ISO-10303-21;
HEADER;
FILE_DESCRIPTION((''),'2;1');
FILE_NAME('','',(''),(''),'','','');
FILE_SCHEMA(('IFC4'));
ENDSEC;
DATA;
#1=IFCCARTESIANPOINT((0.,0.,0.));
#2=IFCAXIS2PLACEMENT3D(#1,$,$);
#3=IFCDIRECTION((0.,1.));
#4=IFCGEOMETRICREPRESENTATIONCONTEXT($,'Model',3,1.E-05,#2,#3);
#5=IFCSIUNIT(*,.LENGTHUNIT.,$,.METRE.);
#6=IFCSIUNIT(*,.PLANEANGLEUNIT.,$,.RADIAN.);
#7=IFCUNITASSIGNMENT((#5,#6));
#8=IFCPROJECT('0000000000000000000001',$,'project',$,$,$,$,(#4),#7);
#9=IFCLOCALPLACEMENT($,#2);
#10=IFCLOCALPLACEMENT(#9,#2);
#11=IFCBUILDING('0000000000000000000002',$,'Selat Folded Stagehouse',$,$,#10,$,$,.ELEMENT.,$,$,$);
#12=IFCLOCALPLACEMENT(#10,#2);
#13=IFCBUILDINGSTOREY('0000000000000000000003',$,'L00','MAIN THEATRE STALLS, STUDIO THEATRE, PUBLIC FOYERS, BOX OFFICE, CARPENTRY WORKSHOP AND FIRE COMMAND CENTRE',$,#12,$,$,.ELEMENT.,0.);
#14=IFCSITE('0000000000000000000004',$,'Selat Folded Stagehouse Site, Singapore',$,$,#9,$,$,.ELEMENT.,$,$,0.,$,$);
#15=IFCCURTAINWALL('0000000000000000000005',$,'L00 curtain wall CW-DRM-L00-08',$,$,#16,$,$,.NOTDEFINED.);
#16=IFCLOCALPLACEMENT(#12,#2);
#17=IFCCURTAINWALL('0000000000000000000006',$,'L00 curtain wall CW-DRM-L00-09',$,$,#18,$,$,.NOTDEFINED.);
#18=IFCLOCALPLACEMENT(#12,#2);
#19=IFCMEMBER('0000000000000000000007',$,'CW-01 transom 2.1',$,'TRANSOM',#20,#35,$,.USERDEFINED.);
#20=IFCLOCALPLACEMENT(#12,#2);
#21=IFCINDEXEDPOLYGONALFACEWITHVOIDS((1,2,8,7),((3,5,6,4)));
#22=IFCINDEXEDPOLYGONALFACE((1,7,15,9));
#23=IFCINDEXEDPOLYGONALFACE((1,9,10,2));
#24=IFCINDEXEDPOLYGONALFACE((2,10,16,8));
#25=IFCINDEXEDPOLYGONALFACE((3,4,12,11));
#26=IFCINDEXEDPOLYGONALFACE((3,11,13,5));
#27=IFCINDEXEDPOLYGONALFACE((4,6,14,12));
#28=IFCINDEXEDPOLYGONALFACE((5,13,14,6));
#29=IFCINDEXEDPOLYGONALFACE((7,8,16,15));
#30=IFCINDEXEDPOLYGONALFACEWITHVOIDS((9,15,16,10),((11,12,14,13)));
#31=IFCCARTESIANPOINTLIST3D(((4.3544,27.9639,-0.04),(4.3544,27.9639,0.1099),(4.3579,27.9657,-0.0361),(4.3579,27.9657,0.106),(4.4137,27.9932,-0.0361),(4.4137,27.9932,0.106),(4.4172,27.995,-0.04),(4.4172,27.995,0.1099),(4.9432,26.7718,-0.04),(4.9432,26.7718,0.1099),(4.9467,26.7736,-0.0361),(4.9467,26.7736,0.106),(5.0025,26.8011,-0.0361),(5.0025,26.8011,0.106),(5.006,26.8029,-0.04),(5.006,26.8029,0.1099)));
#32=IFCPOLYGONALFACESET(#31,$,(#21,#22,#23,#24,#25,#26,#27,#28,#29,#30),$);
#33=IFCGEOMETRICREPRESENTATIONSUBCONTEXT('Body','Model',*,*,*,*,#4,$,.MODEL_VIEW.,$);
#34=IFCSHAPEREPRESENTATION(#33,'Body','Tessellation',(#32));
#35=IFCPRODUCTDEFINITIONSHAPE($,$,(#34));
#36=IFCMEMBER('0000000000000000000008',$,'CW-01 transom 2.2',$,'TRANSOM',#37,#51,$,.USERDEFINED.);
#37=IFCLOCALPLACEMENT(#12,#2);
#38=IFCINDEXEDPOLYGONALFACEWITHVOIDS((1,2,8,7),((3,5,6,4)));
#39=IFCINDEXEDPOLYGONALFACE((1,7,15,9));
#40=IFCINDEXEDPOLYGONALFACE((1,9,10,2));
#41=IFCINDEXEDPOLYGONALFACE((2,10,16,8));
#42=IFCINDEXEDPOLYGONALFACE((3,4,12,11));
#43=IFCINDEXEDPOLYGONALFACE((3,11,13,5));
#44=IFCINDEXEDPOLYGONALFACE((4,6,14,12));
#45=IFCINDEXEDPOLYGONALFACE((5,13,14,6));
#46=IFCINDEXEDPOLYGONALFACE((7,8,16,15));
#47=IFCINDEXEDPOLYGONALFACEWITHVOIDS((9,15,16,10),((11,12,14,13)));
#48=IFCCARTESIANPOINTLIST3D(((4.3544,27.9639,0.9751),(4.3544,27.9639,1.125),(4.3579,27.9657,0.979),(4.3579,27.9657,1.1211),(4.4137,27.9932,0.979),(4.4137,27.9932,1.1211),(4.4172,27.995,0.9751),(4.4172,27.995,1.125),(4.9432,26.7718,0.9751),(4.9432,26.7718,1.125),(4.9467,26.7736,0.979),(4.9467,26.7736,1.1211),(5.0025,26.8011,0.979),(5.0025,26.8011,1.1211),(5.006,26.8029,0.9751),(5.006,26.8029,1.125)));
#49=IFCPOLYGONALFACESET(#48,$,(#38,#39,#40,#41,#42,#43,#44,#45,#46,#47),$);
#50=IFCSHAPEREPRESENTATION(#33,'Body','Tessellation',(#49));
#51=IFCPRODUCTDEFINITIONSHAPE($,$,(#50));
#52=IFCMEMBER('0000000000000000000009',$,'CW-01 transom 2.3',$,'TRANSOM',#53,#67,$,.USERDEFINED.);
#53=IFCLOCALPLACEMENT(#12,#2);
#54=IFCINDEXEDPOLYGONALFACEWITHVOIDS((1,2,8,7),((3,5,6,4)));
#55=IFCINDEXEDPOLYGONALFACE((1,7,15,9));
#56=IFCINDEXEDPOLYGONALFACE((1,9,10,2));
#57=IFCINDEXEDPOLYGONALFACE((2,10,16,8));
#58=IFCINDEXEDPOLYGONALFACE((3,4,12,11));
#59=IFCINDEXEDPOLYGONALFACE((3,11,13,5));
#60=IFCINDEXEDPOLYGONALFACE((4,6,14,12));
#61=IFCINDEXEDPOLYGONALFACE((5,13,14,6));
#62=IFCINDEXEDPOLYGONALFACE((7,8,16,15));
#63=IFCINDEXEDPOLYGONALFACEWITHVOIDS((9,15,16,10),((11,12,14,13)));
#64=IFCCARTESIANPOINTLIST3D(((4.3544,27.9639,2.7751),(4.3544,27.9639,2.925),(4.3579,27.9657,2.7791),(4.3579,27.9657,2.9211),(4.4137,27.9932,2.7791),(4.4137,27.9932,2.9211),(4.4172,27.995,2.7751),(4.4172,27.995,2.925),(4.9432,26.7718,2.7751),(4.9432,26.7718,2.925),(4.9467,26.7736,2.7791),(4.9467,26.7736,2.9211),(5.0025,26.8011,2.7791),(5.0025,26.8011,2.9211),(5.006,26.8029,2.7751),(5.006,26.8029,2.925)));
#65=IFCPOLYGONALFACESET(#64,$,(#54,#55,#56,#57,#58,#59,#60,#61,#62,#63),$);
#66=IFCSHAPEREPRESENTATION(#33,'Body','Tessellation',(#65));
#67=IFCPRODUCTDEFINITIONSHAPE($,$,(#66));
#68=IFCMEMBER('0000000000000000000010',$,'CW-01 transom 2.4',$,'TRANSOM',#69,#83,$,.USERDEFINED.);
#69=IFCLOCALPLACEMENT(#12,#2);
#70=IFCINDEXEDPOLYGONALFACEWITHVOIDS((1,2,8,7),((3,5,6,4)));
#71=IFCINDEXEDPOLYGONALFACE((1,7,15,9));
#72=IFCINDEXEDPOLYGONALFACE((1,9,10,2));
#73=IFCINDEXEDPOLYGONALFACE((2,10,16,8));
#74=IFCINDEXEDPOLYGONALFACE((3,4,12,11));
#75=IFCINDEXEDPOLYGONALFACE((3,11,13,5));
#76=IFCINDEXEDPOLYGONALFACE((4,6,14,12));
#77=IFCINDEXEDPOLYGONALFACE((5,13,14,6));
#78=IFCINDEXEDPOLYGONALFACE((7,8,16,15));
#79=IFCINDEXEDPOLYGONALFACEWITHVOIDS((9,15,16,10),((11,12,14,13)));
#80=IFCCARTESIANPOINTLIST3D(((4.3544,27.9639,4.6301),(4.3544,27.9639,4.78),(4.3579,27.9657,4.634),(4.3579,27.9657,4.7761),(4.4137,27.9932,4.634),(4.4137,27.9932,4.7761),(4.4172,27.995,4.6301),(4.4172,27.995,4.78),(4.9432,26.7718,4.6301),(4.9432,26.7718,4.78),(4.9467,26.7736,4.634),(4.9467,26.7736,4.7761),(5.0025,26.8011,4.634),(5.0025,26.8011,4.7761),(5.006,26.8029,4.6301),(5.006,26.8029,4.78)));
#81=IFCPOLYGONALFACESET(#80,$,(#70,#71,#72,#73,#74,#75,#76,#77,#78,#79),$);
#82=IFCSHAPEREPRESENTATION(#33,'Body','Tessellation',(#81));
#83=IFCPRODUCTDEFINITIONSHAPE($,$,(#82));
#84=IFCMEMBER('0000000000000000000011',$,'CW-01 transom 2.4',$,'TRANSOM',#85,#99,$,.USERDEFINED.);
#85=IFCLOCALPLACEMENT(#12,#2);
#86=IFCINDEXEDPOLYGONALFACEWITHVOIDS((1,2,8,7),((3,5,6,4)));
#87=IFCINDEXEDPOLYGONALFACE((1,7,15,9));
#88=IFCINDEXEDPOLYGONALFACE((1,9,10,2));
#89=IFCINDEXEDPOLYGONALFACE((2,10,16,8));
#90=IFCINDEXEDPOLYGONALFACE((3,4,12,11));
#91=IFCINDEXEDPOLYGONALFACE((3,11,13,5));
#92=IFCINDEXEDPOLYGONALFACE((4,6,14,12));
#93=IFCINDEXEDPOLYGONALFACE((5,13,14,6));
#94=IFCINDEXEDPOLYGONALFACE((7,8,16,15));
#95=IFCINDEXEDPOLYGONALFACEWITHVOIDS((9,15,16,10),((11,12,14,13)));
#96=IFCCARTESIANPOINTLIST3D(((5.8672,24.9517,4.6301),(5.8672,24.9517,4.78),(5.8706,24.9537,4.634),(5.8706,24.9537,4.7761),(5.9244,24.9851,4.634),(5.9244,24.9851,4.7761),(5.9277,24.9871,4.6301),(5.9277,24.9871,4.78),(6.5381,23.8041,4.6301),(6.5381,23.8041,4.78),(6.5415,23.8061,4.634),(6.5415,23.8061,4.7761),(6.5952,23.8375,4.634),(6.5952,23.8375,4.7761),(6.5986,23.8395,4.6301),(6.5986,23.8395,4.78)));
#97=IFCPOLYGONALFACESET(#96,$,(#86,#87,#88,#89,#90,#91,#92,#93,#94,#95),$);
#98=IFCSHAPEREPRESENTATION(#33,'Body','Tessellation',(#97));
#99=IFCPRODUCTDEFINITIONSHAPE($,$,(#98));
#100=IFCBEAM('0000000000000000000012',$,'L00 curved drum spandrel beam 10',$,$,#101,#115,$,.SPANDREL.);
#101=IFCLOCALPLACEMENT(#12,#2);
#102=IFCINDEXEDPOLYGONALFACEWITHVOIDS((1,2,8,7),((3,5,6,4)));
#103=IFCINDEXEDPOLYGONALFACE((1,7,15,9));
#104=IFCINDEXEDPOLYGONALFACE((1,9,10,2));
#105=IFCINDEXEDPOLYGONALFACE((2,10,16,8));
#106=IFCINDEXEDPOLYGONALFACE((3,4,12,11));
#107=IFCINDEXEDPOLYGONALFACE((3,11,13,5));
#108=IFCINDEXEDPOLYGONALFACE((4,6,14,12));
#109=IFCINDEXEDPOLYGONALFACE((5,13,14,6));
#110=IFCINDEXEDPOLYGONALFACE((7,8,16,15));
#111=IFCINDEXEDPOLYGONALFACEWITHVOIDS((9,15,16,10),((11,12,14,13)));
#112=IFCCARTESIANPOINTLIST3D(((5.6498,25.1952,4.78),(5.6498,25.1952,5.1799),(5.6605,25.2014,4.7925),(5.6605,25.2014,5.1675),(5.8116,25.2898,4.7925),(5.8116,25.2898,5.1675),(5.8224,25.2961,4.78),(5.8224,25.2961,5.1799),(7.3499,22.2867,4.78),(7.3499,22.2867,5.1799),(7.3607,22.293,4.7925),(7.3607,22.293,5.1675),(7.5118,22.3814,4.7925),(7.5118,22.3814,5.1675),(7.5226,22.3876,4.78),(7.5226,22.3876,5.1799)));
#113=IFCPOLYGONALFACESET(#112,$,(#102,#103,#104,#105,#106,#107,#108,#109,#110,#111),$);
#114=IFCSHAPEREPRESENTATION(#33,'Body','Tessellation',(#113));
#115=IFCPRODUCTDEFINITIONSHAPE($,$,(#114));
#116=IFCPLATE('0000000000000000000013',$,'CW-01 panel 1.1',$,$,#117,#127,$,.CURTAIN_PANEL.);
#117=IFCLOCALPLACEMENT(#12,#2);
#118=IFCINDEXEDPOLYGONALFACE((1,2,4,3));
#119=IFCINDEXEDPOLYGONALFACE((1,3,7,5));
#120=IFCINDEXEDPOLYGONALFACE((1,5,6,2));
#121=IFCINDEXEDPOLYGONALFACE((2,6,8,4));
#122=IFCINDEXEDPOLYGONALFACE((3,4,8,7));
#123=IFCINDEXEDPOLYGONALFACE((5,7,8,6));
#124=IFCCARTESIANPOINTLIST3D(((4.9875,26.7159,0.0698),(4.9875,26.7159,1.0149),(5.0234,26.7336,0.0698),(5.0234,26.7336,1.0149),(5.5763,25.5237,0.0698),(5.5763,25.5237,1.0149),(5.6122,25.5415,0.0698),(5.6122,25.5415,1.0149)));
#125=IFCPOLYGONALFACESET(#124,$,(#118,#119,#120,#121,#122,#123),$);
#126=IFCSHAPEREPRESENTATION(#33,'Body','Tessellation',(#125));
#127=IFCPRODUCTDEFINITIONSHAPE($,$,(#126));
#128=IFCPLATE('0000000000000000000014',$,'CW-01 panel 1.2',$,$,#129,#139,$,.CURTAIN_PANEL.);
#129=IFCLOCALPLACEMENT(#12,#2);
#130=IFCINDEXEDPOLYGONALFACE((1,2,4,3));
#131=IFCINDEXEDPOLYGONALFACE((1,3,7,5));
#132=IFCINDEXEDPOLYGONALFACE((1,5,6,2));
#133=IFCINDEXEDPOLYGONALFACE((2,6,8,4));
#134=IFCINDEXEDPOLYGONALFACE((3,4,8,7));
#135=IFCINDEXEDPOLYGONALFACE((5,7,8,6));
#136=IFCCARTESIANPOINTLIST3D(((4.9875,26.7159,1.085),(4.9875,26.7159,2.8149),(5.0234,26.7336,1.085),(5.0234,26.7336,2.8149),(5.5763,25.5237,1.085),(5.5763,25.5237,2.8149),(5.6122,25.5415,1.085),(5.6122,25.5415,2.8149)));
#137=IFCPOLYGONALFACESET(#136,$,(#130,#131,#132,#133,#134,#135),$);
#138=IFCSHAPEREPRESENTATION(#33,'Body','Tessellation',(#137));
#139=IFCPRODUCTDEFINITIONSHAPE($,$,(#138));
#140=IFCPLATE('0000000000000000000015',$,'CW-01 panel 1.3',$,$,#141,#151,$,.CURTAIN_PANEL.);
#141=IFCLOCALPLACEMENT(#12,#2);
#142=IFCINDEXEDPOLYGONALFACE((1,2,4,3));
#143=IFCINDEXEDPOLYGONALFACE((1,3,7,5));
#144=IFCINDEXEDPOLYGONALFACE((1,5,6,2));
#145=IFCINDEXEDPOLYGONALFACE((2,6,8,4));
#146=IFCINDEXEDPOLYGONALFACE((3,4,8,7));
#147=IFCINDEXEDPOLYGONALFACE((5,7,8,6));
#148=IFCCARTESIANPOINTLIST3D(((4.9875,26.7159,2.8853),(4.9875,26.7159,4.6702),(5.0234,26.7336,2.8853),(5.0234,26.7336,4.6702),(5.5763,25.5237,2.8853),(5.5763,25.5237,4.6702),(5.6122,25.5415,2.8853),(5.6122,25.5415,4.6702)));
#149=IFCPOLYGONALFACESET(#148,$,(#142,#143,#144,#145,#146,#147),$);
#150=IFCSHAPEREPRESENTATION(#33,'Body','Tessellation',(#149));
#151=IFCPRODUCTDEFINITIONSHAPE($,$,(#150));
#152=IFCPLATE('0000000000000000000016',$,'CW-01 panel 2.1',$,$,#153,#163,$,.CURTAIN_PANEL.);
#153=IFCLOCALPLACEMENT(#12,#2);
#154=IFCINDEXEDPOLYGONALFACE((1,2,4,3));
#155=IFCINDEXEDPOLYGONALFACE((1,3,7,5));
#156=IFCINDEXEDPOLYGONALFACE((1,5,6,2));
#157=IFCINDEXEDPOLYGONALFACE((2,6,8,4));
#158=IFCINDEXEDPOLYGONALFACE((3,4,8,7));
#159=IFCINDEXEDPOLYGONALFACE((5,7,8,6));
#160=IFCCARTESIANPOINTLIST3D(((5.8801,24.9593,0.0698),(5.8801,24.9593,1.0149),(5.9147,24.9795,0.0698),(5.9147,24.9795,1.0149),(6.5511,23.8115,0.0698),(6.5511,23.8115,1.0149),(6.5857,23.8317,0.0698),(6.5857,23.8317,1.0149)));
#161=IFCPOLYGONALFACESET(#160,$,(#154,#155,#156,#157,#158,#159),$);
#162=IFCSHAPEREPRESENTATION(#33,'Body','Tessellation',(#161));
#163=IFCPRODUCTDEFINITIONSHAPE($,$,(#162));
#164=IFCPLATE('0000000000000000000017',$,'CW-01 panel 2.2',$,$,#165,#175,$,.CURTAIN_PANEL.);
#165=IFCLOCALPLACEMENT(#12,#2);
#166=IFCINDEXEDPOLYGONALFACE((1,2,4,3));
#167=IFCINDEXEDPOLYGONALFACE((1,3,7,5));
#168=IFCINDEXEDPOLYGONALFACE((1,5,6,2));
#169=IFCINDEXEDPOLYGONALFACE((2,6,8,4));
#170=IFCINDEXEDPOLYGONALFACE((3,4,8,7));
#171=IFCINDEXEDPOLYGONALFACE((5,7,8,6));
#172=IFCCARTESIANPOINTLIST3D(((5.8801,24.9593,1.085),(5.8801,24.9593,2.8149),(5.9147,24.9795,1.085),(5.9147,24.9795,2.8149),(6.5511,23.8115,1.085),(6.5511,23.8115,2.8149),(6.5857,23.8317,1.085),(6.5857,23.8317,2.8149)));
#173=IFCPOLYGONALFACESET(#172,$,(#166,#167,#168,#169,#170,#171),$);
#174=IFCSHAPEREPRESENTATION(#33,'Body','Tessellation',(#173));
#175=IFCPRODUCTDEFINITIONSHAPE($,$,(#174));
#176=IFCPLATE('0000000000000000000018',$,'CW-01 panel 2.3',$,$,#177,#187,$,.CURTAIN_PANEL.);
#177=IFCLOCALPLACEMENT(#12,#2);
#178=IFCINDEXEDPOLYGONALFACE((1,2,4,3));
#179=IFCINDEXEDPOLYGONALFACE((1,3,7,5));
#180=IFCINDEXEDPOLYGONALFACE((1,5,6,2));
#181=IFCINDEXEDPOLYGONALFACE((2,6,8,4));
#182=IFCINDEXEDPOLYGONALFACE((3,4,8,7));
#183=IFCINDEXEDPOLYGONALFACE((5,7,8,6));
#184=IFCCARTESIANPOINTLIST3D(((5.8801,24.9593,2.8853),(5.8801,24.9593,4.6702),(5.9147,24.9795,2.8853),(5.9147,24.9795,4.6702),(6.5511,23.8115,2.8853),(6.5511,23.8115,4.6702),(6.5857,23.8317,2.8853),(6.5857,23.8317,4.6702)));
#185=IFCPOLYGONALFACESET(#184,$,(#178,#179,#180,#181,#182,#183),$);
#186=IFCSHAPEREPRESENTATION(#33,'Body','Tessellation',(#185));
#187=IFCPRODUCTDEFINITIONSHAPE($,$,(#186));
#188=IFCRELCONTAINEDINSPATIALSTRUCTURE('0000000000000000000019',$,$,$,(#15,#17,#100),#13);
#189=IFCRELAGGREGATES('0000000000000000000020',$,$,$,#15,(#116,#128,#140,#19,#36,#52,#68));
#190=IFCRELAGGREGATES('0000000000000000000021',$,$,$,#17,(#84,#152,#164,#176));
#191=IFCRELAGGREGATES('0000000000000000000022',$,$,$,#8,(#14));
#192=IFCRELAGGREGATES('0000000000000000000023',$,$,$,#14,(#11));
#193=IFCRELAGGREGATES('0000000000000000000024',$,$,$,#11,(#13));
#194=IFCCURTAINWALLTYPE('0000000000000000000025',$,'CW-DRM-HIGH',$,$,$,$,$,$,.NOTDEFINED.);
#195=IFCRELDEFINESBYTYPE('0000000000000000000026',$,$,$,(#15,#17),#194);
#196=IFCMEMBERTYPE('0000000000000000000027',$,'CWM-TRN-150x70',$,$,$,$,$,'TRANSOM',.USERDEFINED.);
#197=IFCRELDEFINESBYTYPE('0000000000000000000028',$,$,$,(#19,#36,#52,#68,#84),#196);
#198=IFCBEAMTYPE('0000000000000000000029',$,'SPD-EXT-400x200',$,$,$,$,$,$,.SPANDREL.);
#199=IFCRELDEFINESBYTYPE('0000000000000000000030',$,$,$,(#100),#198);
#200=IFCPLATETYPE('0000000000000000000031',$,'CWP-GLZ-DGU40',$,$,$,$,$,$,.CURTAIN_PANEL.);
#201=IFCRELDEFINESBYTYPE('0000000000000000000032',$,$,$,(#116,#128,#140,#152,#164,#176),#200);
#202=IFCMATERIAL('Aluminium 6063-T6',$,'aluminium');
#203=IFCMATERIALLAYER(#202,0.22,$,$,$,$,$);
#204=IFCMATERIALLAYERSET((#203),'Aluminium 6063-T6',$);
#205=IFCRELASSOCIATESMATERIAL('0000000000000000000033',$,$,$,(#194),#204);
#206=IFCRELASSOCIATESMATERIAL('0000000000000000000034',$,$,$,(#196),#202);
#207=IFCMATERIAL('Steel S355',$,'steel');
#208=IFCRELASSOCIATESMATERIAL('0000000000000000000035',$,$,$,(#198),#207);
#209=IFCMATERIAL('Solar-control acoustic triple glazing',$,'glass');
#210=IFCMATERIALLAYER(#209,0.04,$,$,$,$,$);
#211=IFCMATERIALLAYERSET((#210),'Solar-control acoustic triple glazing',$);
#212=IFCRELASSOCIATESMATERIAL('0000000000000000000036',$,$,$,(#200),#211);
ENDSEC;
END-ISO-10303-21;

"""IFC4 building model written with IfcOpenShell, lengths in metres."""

from ifc_helpers import new_model, si_unit, direction, frame, origin, origin_2d, place, context, subcontext, project, spatial, rectangle, hollow_rectangle, extrude, material, layer, layer_set, material_profile, profile_set, type_object, element, aggregate, save


model = new_model("IFC4")

# Units and contexts
model_context = context("Model", 3, precision=1e-05, world=origin(), true_north=direction((0.0, 1.0)))
body_context = subcontext(model_context, "Body", "Model", "MODEL_VIEW")
ifc_project = project(units=[si_unit("LENGTHUNIT", "METRE"), si_unit("PLANEANGLEUNIT", "RADIAN")], contexts=[model_context])

# Site, building, storey
site_placement = place(None, origin())
site = spatial("IfcSite", under=ifc_project, at=site_placement, Name="Selat Folded Stagehouse Site, Singapore", CompositionType="ELEMENT", RefElevation=0.0)
building_placement = place(site_placement, origin())
building = spatial("IfcBuilding", under=site, at=building_placement, Name="Selat Folded Stagehouse", CompositionType="ELEMENT")
storey_placement = place(building_placement, origin())
storey = spatial("IfcBuildingStorey", under=building, at=storey_placement, Name="L00", Description="MAIN THEATRE STALLS, STUDIO THEATRE, PUBLIC FOYERS, BOX OFFICE, CARPENTRY WORKSHOP AND FIRE COMMAND CENTRE", CompositionType="ELEMENT", Elevation=0.0)

# Shared definitions
ifc_material_1 = material(Name="Steel S355", Category="steel")

# Curtain wall
ifc_material_2 = material(Name="Aluminium 6063-T6", Category="aluminium")
ifc_layer_1 = layer(ifc_material_2, 0.22)
ifc_layer_set_1 = layer_set([ifc_layer_1], Name="Aluminium 6063-T6")
curtain_wall_type = type_object("IfcCurtainWallType", Name="CW-DRM-HIGH", PredefinedType="NOTDEFINED", material=ifc_layer_set_1)
curtain_wall_1_placement = place(storey_placement, origin())
curtain_wall_1 = element("IfcCurtainWall", 1, at=curtain_wall_1_placement, inside=storey, type_object=curtain_wall_type, Name="L00 curtain wall CW-DRM-L00-08", PredefinedType="NOTDEFINED")

# Curtain wall
curtain_wall_2_placement = place(storey_placement, origin())
curtain_wall_2 = element("IfcCurtainWall", 2, at=curtain_wall_2_placement, inside=storey, type_object=curtain_wall_type, Name="L00 curtain wall CW-DRM-L00-09", PredefinedType="NOTDEFINED")

# Members
ifc_material_profile_1 = material_profile(ifc_material_2, hollow_rectangle(XDim=0.0701, YDim=0.1499, WallThickness=0.0039, at=origin_2d()), Name="ALU 150x70x4.0")
ifc_profile_set_1 = profile_set([ifc_material_profile_1], Name="Aluminium 6063-T6")
member_type_1 = type_object("IfcMemberType", Name="CWM-TRN-150x70", ElementType="TRANSOM", PredefinedType="USERDEFINED", material=ifc_profile_set_1)
member_1_placement = place(storey_placement, frame((4.9746, 26.7874, 0.0349), z_axis=(-0.442875, 0.896583, 0.0), x_axis=(-0.896583, -0.442875, 0.0)))
member_1 = element("IfcMember", 3, at=member_1_placement, type_object=member_type_1, Name="CW-01 transom 2.1", ObjectType="TRANSOM", PredefinedType="USERDEFINED", context=body_context, shape_type="SweptSolid", body=[
    extrude(hollow_rectangle(XDim=0.0701, YDim=0.1499, WallThickness=0.0039, at=origin_2d()), origin(), (0.0, 0.0, 1.0), 1.3296),
])
member_2_placement = place(storey_placement, frame((4.9746, 26.7874, 1.05), z_axis=(-0.442875, 0.896583, 0.0), x_axis=(-0.896583, -0.442875, 0.0)))
member_2 = element("IfcMember", 4, at=member_2_placement, type_object=member_type_1, Name="CW-01 transom 2.2", ObjectType="TRANSOM", PredefinedType="USERDEFINED", context=body_context, shape_type="SweptSolid", body=[
    extrude(hollow_rectangle(XDim=0.0701, YDim=0.1499, WallThickness=0.0039, at=origin_2d()), origin(), (0.0, 0.0, 1.0), 1.3296),
])
member_3_placement = place(storey_placement, frame((4.9746, 26.7874, 2.8501), z_axis=(-0.442875, 0.896583, 0.0), x_axis=(-0.896583, -0.442875, 0.0)))
member_3 = element("IfcMember", 5, at=member_3_placement, type_object=member_type_1, Name="CW-01 transom 2.3", ObjectType="TRANSOM", PredefinedType="USERDEFINED", context=body_context, shape_type="SweptSolid", body=[
    extrude(hollow_rectangle(XDim=0.0701, YDim=0.1499, WallThickness=0.0039, at=origin_2d()), origin(), (0.0, 0.0, 1.0), 1.3296),
])
member_4_placement = place(storey_placement, frame((4.9746, 26.7874, 4.7051), z_axis=(-0.442875, 0.896583, 0.0), x_axis=(-0.896583, -0.442875, 0.0)))
member_4 = element("IfcMember", 6, at=member_4_placement, type_object=member_type_1, Name="CW-01 transom 2.4", ObjectType="TRANSOM", PredefinedType="USERDEFINED", context=body_context, shape_type="SweptSolid", body=[
    extrude(hollow_rectangle(XDim=0.0701, YDim=0.1499, WallThickness=0.0039, at=origin_2d()), origin(), (0.0, 0.0, 1.0), 1.3296),
])
member_5_placement = place(storey_placement, frame((6.5684, 23.8218, 4.7051), z_axis=(-0.504659, 0.863319, 0.0), x_axis=(-0.863319, -0.504659, 0.0)))
member_5 = element("IfcMember", 7, at=member_5_placement, type_object=member_type_1, Name="CW-01 transom 2.4", ObjectType="TRANSOM", PredefinedType="USERDEFINED", context=body_context, shape_type="SweptSolid", body=[
    extrude(hollow_rectangle(XDim=0.0701, YDim=0.1499, WallThickness=0.0039, at=origin_2d()), origin(), (0.0, 0.0, 1.0), 1.3293),
])

# Beam
ifc_material_profile_2 = material_profile(ifc_material_1, hollow_rectangle(XDim=0.2, YDim=0.3999, WallThickness=0.0125, at=origin_2d()), Name="RHS 400x200x12.5")
ifc_profile_set_2 = profile_set([ifc_material_profile_2], Name="Steel S355")
beam_type_1 = type_object("IfcBeamType", Name="SPD-EXT-400x200", PredefinedType="SPANDREL", material=ifc_profile_set_2)
beam_1_placement = place(storey_placement, frame((5.7361, 25.2456, 4.98), z_axis=(0.504668, -0.863313, 0.0), x_axis=(0.863313, 0.504668, 0.0)))
element("IfcBeam", 8, at=beam_1_placement, inside=storey, type_object=beam_type_1, Name="L00 curved drum spandrel beam 10", PredefinedType="SPANDREL", context=body_context, shape_type="SweptSolid", body=[
    extrude(hollow_rectangle(XDim=0.2, YDim=0.3999, WallThickness=0.0125, at=origin_2d()), origin(), (0.0, 0.0, 1.0), 3.3689),
])

# Plates
ifc_material_3 = material(Name="Solar-control acoustic triple glazing", Category="glass")
ifc_layer_2 = layer(ifc_material_3, 0.04)
ifc_layer_set_2 = layer_set([ifc_layer_2], Name="Solar-control acoustic triple glazing")
plate_type = type_object("IfcPlateType", Name="CWP-GLZ-DGU40", PredefinedType="CURTAIN_PANEL", material=ifc_layer_set_2)
plate_1_placement = place(storey_placement, frame((5.2998, 26.1287, 0.0698), z_axis=(0.0, 0.0, 1.0), x_axis=(-0.442845, 0.896598, 0.0)))
plate_1 = element("IfcPlate", 9, at=plate_1_placement, type_object=plate_type, Name="CW-01 panel 1.1", PredefinedType="CURTAIN_PANEL", context=body_context, shape_type="SweptSolid", body=[
    extrude(rectangle(XDim=1.3296, YDim=0.04, at=origin_2d()), origin(), (0.0, 0.0, 1.0), 0.9451),
])
plate_2_placement = place(storey_placement, frame((5.2998, 26.1287, 1.085), z_axis=(0.0, 0.0, 1.0), x_axis=(-0.442845, 0.896598, 0.0)))
plate_2 = element("IfcPlate", 10, at=plate_2_placement, type_object=plate_type, Name="CW-01 panel 1.2", PredefinedType="CURTAIN_PANEL", context=body_context, shape_type="SweptSolid", body=[
    extrude(rectangle(XDim=1.3296, YDim=0.04, at=origin_2d()), origin(), (0.0, 0.0, 1.0), 1.73),
])
plate_3_placement = place(storey_placement, frame((5.2998, 26.1287, 2.8853), z_axis=(0.0, 0.0, 1.0), x_axis=(-0.442845, 0.896598, 0.0)))
plate_3 = element("IfcPlate", 11, at=plate_3_placement, type_object=plate_type, Name="CW-01 panel 1.3", PredefinedType="CURTAIN_PANEL", context=body_context, shape_type="SweptSolid", body=[
    extrude(rectangle(XDim=1.3296, YDim=0.04, at=origin_2d()), origin(), (0.0, 0.0, 1.0), 1.7849),
])
aggregate(curtain_wall_1, [plate_1, plate_2, plate_3, member_1, member_2, member_3, member_4])
plate_4_placement = place(storey_placement, frame((6.2329, 24.3955, 0.0698), z_axis=(0.0, 0.0, 1.0), x_axis=(-0.504636, 0.863332, 0.0)))
plate_4 = element("IfcPlate", 12, at=plate_4_placement, type_object=plate_type, Name="CW-01 panel 2.1", PredefinedType="CURTAIN_PANEL", context=body_context, shape_type="SweptSolid", body=[
    extrude(rectangle(XDim=1.3296, YDim=0.04, at=origin_2d()), origin(), (0.0, 0.0, 1.0), 0.9451),
])
plate_5_placement = place(storey_placement, frame((6.2329, 24.3955, 1.085), z_axis=(0.0, 0.0, 1.0), x_axis=(-0.504636, 0.863332, 0.0)))
plate_5 = element("IfcPlate", 13, at=plate_5_placement, type_object=plate_type, Name="CW-01 panel 2.2", PredefinedType="CURTAIN_PANEL", context=body_context, shape_type="SweptSolid", body=[
    extrude(rectangle(XDim=1.3296, YDim=0.04, at=origin_2d()), origin(), (0.0, 0.0, 1.0), 1.73),
])
plate_6_placement = place(storey_placement, frame((6.2329, 24.3955, 2.8853), z_axis=(0.0, 0.0, 1.0), x_axis=(-0.504636, 0.863332, 0.0)))
plate_6 = element("IfcPlate", 14, at=plate_6_placement, type_object=plate_type, Name="CW-01 panel 2.3", PredefinedType="CURTAIN_PANEL", context=body_context, shape_type="SweptSolid", body=[
    extrude(rectangle(XDim=1.3296, YDim=0.04, at=origin_2d()), origin(), (0.0, 0.0, 1.0), 1.7849),
])
aggregate(curtain_wall_2, [member_5, plate_4, plate_5, plate_6])

save(model, "model.ifc")
